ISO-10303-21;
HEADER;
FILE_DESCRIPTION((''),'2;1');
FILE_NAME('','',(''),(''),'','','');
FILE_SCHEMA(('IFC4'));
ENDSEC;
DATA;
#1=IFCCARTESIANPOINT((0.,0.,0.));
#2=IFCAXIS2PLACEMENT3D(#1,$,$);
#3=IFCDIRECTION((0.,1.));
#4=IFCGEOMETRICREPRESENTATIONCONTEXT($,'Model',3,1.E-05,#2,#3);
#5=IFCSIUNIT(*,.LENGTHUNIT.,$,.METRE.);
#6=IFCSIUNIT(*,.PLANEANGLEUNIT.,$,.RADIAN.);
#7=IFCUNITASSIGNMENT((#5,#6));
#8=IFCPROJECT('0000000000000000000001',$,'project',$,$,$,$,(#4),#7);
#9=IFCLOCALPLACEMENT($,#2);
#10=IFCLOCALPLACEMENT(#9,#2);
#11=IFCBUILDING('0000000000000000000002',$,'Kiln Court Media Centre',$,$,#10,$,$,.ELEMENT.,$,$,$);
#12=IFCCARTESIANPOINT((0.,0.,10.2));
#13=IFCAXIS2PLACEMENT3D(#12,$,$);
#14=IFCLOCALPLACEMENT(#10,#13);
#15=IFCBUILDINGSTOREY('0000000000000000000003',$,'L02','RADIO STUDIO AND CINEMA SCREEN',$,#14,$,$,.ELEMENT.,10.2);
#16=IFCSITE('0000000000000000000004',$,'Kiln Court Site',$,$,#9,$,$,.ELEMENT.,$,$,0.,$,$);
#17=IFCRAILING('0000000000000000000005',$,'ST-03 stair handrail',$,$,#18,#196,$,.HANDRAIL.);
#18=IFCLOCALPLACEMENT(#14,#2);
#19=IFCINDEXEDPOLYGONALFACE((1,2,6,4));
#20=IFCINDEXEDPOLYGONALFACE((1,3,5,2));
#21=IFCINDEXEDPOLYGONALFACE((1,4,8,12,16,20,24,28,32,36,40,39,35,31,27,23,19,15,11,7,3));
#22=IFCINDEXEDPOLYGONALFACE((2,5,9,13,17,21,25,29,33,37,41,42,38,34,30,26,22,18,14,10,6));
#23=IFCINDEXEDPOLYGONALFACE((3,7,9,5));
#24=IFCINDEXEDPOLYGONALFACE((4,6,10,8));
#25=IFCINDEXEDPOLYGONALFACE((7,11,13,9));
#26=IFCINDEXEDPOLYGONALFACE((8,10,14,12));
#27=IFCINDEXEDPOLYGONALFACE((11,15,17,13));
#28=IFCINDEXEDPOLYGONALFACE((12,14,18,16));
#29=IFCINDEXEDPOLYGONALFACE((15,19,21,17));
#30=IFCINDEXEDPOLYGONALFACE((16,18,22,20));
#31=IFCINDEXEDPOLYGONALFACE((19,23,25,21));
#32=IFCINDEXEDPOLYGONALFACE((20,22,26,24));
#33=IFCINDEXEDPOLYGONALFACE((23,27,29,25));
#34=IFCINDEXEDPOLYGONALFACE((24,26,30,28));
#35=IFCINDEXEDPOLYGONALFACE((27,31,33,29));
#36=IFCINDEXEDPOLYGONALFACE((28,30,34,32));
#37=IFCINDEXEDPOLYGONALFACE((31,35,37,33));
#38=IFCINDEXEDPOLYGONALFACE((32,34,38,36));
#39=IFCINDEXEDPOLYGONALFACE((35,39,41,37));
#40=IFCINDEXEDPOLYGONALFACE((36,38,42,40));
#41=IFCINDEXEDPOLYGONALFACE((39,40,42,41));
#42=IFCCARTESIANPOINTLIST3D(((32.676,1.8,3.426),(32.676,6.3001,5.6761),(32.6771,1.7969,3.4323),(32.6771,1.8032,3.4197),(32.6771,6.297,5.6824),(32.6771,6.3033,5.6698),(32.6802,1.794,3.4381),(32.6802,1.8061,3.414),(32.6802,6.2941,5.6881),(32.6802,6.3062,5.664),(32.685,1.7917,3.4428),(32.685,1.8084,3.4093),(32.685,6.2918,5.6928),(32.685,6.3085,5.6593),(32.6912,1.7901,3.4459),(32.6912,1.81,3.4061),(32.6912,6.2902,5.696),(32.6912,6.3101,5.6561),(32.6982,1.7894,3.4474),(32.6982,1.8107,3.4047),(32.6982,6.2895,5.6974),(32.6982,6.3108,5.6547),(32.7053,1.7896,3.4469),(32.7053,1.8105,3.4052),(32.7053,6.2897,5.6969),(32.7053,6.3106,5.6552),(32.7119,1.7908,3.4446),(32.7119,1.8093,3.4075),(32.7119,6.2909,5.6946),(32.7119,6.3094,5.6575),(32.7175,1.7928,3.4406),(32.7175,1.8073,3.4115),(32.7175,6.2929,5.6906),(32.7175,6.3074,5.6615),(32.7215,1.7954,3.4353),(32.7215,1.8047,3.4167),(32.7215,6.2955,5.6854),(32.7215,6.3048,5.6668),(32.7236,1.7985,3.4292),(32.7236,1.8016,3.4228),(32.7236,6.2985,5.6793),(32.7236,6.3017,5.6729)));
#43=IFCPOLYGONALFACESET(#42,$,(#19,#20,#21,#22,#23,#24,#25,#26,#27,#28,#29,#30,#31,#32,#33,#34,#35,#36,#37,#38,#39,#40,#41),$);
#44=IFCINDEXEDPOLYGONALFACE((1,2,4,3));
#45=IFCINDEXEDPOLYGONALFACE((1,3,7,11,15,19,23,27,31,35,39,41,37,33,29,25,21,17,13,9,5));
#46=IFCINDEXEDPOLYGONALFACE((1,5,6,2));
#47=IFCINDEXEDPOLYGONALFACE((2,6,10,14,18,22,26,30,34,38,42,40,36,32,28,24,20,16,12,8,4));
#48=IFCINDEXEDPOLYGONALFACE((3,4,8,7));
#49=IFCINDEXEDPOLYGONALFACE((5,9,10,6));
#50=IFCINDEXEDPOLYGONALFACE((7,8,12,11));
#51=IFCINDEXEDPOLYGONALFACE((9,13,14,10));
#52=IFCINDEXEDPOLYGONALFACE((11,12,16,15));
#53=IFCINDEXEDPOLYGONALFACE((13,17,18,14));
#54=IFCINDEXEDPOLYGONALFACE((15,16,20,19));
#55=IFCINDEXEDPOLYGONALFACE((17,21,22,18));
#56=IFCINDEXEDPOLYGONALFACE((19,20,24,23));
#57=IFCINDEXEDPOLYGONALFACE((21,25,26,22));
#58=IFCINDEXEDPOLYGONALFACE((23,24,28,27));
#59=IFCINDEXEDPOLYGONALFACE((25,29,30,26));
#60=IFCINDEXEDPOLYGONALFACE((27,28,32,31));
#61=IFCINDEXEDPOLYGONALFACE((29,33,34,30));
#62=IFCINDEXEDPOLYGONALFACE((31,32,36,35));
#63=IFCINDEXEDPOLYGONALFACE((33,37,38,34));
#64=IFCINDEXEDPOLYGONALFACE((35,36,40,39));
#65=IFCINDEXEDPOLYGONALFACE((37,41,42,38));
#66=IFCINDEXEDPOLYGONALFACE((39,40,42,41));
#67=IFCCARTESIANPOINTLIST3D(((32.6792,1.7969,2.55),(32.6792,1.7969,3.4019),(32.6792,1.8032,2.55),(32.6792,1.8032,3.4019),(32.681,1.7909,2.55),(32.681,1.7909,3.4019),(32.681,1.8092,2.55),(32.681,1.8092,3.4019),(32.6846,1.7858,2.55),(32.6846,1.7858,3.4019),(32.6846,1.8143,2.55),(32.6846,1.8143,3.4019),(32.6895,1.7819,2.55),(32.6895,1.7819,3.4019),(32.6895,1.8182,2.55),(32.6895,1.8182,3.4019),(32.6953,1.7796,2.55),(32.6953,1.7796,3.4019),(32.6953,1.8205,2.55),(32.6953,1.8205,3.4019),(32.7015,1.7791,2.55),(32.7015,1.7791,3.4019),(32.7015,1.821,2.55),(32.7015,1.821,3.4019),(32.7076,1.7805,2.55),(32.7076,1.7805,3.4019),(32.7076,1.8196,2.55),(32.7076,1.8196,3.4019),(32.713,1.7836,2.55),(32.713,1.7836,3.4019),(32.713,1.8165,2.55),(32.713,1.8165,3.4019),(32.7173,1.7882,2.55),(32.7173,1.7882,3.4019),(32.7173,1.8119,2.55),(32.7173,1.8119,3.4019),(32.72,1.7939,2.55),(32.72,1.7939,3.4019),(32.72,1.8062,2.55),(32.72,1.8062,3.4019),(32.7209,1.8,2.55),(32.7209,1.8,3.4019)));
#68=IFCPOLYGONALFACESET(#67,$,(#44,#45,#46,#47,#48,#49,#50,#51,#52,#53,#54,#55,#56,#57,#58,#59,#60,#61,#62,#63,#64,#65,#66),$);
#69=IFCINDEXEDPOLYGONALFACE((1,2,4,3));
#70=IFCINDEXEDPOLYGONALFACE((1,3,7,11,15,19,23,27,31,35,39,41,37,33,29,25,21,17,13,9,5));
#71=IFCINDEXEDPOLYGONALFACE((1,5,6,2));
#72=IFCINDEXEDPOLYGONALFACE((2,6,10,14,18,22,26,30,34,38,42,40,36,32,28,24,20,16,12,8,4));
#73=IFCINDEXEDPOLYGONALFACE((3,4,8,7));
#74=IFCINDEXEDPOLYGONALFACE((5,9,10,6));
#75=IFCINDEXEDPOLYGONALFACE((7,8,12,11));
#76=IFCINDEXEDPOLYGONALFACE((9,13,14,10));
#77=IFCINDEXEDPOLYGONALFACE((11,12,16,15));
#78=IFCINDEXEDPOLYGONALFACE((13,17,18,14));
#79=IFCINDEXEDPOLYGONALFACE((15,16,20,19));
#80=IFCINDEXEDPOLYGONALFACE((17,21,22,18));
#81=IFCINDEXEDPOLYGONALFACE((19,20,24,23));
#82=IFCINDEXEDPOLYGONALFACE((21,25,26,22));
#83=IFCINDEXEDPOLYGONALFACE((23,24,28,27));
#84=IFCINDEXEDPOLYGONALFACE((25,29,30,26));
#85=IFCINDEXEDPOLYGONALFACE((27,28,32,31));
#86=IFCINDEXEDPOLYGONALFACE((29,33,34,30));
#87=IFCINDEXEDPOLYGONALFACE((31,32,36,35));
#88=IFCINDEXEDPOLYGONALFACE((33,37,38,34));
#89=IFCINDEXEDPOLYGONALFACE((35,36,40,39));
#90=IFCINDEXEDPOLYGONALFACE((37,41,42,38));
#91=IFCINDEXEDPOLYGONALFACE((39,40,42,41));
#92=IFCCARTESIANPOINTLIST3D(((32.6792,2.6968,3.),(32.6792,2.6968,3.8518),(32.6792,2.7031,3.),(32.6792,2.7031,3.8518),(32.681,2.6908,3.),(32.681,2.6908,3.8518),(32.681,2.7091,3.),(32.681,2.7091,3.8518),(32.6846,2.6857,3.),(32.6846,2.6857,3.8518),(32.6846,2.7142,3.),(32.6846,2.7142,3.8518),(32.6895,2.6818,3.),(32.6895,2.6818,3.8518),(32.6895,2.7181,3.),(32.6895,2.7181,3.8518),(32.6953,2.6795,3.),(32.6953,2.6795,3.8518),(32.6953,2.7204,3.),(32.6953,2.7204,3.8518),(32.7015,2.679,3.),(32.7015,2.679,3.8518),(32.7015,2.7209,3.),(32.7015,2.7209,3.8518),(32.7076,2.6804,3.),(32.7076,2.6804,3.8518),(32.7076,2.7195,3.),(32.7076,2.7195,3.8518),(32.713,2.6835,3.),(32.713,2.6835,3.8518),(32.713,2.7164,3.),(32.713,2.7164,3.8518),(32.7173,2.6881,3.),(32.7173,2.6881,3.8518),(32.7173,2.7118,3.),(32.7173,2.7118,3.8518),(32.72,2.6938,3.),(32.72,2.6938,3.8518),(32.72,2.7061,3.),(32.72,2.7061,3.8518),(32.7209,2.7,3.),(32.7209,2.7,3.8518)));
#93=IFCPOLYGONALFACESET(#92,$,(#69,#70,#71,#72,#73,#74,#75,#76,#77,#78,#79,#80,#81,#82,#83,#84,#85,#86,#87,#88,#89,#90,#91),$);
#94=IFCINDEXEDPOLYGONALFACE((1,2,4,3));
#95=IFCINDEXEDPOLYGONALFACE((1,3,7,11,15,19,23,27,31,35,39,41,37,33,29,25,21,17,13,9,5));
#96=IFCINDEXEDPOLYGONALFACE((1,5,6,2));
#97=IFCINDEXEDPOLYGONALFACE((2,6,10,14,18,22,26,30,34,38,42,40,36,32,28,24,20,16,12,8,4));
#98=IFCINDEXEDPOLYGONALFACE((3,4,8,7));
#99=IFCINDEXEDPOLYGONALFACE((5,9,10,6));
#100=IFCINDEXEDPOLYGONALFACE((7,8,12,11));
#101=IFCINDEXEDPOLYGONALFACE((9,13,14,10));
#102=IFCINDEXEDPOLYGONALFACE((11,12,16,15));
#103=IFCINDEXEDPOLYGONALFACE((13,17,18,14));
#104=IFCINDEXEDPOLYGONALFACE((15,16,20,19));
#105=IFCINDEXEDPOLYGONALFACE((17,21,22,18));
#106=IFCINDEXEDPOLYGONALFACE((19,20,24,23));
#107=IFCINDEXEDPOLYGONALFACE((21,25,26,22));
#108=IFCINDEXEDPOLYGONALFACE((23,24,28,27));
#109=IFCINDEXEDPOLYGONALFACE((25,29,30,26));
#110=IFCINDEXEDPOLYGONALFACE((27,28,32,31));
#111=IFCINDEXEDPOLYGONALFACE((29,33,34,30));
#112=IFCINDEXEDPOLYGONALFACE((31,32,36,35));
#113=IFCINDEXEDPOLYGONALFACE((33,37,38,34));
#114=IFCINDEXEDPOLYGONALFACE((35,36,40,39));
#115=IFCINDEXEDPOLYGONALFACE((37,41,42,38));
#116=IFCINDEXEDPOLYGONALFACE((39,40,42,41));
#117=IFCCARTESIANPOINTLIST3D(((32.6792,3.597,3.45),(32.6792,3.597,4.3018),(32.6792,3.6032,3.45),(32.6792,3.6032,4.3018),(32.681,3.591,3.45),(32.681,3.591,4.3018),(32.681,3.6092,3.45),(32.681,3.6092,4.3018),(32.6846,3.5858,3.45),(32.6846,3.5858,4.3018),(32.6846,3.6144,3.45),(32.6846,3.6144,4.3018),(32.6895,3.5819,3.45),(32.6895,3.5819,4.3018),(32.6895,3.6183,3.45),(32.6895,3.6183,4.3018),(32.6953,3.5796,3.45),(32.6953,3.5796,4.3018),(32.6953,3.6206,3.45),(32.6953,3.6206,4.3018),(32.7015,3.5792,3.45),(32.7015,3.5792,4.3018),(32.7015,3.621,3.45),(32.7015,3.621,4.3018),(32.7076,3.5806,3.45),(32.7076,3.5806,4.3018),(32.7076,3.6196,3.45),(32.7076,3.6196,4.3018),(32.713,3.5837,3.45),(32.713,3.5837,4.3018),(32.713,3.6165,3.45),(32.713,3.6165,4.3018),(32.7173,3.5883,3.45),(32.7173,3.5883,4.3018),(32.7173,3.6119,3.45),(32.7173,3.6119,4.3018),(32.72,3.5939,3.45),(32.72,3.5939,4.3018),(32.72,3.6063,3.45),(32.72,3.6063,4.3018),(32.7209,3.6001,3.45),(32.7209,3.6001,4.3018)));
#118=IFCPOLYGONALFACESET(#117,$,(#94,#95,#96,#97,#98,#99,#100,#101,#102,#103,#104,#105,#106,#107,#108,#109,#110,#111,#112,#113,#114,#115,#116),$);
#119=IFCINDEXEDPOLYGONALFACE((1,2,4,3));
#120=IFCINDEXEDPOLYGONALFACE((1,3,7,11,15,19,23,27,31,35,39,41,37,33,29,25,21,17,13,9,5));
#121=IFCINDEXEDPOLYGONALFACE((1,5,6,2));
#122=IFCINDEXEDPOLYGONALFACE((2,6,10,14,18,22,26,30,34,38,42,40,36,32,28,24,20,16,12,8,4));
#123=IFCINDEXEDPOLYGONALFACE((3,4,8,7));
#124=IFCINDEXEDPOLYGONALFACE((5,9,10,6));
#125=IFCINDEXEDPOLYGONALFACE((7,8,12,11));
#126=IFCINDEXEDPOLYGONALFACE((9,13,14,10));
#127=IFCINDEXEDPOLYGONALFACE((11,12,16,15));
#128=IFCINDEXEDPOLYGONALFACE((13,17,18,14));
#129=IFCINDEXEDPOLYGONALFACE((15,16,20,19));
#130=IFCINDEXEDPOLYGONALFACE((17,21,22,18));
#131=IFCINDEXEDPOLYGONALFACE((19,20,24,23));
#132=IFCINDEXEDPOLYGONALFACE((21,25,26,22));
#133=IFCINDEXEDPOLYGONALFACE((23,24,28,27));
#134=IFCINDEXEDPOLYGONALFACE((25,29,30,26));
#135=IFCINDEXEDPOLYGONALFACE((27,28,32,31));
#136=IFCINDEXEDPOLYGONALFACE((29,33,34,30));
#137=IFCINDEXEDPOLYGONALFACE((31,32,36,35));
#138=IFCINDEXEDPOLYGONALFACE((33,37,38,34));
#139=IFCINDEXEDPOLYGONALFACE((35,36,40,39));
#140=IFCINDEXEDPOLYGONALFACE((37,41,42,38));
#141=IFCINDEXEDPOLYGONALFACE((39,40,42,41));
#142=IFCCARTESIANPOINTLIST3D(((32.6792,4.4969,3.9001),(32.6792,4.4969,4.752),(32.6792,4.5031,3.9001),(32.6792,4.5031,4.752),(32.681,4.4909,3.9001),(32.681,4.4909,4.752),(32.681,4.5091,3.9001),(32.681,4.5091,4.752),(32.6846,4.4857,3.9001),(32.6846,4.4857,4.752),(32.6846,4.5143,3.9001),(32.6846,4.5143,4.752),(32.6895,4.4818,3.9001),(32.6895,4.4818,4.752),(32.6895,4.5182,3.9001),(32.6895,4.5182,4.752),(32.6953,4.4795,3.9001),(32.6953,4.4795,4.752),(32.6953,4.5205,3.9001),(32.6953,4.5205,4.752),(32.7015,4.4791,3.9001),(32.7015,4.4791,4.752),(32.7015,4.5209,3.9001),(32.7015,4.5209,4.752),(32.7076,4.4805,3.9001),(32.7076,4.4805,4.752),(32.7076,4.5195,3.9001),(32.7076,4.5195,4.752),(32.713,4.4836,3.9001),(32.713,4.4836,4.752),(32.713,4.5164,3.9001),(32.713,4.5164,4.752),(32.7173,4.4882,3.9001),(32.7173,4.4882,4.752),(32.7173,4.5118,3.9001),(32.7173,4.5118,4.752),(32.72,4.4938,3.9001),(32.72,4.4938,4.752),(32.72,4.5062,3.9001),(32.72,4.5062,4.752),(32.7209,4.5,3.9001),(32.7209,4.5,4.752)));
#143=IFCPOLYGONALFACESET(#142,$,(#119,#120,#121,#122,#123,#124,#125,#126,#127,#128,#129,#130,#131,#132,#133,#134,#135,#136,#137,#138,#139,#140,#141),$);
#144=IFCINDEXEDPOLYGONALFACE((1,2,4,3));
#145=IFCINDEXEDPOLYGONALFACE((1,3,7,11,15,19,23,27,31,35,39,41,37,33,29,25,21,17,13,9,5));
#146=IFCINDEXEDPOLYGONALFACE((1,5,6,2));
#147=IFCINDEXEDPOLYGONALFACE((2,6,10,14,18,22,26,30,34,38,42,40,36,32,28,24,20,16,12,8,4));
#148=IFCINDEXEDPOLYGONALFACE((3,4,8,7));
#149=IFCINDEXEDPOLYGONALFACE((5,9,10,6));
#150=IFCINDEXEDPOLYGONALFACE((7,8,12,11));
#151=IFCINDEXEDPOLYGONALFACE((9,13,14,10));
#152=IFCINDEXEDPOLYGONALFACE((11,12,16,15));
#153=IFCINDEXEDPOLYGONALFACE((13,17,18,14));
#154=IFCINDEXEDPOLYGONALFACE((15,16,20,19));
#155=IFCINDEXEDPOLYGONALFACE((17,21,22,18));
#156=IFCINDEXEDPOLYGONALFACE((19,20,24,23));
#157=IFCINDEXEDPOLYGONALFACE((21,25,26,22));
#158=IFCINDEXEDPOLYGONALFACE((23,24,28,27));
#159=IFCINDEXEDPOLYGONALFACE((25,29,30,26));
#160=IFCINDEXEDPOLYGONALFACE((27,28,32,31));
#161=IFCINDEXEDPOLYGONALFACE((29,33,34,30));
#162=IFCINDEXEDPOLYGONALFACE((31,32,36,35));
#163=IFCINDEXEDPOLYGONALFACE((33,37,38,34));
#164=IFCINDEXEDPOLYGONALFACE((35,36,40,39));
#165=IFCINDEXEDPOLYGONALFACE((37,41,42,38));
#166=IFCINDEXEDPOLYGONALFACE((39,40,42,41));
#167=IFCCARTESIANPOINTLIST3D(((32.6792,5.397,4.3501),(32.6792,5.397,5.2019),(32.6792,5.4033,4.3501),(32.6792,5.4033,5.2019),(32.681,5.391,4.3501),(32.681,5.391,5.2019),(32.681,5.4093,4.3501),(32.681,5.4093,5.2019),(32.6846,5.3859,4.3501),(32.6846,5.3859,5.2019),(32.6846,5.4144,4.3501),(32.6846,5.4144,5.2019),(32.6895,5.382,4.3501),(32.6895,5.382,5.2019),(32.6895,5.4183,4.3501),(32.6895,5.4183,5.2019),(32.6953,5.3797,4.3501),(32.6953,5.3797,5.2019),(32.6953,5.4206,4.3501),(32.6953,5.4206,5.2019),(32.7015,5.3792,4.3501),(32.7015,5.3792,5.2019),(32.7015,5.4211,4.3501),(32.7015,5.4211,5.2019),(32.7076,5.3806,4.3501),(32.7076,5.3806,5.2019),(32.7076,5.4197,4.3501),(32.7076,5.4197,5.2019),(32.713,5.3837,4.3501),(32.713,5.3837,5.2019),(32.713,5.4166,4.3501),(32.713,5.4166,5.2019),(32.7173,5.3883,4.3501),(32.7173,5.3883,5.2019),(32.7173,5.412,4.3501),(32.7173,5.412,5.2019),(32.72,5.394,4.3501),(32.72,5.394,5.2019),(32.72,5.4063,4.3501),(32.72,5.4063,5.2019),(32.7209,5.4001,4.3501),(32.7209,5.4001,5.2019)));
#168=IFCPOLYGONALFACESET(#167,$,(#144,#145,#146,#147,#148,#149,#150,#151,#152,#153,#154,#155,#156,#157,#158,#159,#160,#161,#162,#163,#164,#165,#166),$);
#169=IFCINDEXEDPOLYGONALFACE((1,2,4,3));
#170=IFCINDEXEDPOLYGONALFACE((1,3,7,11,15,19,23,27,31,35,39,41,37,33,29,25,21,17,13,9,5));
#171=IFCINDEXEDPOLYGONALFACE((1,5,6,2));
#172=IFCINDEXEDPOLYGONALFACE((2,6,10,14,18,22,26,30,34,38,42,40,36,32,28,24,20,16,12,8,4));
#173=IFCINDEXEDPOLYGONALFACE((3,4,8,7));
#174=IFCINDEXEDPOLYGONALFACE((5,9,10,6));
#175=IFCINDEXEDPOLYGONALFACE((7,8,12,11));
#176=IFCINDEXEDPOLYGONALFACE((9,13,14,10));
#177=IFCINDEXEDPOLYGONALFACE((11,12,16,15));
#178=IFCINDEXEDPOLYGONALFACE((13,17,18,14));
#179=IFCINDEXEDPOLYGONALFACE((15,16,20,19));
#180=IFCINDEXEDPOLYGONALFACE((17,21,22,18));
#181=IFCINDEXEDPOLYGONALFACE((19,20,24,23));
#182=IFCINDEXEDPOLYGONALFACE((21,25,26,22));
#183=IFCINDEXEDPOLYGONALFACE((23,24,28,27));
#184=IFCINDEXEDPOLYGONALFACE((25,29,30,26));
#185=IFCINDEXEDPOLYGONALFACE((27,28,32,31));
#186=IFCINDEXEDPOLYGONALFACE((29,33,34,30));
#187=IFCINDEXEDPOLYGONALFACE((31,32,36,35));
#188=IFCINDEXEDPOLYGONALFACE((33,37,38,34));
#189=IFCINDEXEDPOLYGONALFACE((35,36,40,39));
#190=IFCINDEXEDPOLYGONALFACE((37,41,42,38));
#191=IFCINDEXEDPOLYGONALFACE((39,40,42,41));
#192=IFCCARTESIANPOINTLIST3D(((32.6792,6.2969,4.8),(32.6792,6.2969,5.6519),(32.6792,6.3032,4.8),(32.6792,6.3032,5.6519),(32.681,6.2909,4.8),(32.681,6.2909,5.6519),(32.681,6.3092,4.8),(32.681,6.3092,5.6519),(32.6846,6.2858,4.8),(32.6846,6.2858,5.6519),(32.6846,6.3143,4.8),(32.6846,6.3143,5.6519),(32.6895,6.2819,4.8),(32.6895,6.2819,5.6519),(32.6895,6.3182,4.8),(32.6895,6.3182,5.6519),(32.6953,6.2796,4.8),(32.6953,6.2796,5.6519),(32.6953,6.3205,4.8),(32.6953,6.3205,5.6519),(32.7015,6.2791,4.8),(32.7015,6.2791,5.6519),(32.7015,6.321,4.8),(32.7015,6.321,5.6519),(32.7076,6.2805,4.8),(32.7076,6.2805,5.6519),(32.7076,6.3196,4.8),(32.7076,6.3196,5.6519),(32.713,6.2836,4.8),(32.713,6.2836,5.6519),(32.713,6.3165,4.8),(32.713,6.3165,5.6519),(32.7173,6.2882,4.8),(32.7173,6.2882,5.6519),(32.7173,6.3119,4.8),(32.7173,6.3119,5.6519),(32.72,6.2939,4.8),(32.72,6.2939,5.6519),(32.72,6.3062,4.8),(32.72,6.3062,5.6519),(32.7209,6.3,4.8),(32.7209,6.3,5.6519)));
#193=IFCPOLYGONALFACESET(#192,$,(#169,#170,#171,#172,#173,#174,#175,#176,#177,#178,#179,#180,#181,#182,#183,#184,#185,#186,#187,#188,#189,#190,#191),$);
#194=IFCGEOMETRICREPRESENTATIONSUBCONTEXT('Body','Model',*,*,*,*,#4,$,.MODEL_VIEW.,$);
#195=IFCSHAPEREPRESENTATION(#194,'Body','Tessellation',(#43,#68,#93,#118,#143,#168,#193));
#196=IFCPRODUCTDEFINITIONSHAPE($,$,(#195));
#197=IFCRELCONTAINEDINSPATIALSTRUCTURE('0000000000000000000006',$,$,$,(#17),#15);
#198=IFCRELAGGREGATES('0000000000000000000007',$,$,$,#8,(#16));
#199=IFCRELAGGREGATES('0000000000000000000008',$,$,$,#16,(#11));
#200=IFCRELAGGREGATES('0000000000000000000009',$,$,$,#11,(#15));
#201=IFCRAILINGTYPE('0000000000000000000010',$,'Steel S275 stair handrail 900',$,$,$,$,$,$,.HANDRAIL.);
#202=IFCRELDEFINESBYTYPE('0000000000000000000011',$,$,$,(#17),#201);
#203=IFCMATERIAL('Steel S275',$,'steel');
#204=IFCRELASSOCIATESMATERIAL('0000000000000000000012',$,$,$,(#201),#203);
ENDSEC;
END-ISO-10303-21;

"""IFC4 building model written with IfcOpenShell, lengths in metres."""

from ifc_helpers import new_model, si_unit, direction, frame, origin, origin_2d, place, context, subcontext, project, spatial, circle, extrude, material, type_object, element, save


model = new_model("IFC4")

# Units and contexts
model_context = context("Model", 3, precision=1e-05, world=origin(), true_north=direction((0.0, 1.0)))
body_context = subcontext(model_context, "Body", "Model", "MODEL_VIEW")
ifc_project = project(units=[si_unit("LENGTHUNIT", "METRE"), si_unit("PLANEANGLEUNIT", "RADIAN")], contexts=[model_context])

# Site, building, storey
site_placement = place(None, origin())
site = spatial("IfcSite", under=ifc_project, at=site_placement, Name="Kiln Court Site", CompositionType="ELEMENT", RefElevation=0.0)
building_placement = place(site_placement, origin())
building = spatial("IfcBuilding", under=site, at=building_placement, Name="Kiln Court Media Centre", CompositionType="ELEMENT")
storey_placement = place(building_placement, frame((0.0, 0.0, 10.2)))
storey = spatial("IfcBuildingStorey", under=building, at=storey_placement, Name="L02", Description="RADIO STUDIO AND CINEMA SCREEN", CompositionType="ELEMENT", Elevation=10.2)

# Railing
ifc_material_1 = material(Name="Steel S275", Category="steel")
railing_type_1 = type_object("IfcRailingType", Name="Steel S275 stair handrail 900", PredefinedType="HANDRAIL", material=ifc_material_1)
railing_1_placement = place(storey_placement, frame((32.7, 1.8, 2.55)))
element("IfcRailing", 1, at=railing_1_placement, inside=storey, type_object=railing_type_1, Name="ST-03 stair handrail", PredefinedType="HANDRAIL", context=body_context, shape_type="SweptSolid", body=[
    extrude(circle(Radius=0.0239, at=origin_2d()), frame((0.0, 0.0, 0.876), z_axis=(0.0, 0.894427, 0.447214), x_axis=(-1.0, 0.0, 0.0)), (0.0, 0.0, 1.0), 5.0312),
    extrude(circle(Radius=0.021, at=origin_2d()), origin(), (0.0, 0.0, 1.0), 0.8518),
    extrude(circle(Radius=0.021, at=origin_2d()), frame((0.0, 0.8999, 0.45)), (0.0, 0.0, 1.0), 0.8518),
    extrude(circle(Radius=0.021, at=origin_2d()), frame((0.0, 1.8, 0.8999)), (0.0, 0.0, 1.0), 0.8518),
    extrude(circle(Radius=0.021, at=origin_2d()), frame((0.0, 2.7, 1.3501)), (0.0, 0.0, 1.0), 0.8518),
    extrude(circle(Radius=0.021, at=origin_2d()), frame((0.0, 3.6001, 1.8)), (0.0, 0.0, 1.0), 0.8518),
    extrude(circle(Radius=0.021, at=origin_2d()), frame((0.0, 4.5, 2.25)), (0.0, 0.0, 1.0), 0.8518),
])

save(model, "model.ifc")
